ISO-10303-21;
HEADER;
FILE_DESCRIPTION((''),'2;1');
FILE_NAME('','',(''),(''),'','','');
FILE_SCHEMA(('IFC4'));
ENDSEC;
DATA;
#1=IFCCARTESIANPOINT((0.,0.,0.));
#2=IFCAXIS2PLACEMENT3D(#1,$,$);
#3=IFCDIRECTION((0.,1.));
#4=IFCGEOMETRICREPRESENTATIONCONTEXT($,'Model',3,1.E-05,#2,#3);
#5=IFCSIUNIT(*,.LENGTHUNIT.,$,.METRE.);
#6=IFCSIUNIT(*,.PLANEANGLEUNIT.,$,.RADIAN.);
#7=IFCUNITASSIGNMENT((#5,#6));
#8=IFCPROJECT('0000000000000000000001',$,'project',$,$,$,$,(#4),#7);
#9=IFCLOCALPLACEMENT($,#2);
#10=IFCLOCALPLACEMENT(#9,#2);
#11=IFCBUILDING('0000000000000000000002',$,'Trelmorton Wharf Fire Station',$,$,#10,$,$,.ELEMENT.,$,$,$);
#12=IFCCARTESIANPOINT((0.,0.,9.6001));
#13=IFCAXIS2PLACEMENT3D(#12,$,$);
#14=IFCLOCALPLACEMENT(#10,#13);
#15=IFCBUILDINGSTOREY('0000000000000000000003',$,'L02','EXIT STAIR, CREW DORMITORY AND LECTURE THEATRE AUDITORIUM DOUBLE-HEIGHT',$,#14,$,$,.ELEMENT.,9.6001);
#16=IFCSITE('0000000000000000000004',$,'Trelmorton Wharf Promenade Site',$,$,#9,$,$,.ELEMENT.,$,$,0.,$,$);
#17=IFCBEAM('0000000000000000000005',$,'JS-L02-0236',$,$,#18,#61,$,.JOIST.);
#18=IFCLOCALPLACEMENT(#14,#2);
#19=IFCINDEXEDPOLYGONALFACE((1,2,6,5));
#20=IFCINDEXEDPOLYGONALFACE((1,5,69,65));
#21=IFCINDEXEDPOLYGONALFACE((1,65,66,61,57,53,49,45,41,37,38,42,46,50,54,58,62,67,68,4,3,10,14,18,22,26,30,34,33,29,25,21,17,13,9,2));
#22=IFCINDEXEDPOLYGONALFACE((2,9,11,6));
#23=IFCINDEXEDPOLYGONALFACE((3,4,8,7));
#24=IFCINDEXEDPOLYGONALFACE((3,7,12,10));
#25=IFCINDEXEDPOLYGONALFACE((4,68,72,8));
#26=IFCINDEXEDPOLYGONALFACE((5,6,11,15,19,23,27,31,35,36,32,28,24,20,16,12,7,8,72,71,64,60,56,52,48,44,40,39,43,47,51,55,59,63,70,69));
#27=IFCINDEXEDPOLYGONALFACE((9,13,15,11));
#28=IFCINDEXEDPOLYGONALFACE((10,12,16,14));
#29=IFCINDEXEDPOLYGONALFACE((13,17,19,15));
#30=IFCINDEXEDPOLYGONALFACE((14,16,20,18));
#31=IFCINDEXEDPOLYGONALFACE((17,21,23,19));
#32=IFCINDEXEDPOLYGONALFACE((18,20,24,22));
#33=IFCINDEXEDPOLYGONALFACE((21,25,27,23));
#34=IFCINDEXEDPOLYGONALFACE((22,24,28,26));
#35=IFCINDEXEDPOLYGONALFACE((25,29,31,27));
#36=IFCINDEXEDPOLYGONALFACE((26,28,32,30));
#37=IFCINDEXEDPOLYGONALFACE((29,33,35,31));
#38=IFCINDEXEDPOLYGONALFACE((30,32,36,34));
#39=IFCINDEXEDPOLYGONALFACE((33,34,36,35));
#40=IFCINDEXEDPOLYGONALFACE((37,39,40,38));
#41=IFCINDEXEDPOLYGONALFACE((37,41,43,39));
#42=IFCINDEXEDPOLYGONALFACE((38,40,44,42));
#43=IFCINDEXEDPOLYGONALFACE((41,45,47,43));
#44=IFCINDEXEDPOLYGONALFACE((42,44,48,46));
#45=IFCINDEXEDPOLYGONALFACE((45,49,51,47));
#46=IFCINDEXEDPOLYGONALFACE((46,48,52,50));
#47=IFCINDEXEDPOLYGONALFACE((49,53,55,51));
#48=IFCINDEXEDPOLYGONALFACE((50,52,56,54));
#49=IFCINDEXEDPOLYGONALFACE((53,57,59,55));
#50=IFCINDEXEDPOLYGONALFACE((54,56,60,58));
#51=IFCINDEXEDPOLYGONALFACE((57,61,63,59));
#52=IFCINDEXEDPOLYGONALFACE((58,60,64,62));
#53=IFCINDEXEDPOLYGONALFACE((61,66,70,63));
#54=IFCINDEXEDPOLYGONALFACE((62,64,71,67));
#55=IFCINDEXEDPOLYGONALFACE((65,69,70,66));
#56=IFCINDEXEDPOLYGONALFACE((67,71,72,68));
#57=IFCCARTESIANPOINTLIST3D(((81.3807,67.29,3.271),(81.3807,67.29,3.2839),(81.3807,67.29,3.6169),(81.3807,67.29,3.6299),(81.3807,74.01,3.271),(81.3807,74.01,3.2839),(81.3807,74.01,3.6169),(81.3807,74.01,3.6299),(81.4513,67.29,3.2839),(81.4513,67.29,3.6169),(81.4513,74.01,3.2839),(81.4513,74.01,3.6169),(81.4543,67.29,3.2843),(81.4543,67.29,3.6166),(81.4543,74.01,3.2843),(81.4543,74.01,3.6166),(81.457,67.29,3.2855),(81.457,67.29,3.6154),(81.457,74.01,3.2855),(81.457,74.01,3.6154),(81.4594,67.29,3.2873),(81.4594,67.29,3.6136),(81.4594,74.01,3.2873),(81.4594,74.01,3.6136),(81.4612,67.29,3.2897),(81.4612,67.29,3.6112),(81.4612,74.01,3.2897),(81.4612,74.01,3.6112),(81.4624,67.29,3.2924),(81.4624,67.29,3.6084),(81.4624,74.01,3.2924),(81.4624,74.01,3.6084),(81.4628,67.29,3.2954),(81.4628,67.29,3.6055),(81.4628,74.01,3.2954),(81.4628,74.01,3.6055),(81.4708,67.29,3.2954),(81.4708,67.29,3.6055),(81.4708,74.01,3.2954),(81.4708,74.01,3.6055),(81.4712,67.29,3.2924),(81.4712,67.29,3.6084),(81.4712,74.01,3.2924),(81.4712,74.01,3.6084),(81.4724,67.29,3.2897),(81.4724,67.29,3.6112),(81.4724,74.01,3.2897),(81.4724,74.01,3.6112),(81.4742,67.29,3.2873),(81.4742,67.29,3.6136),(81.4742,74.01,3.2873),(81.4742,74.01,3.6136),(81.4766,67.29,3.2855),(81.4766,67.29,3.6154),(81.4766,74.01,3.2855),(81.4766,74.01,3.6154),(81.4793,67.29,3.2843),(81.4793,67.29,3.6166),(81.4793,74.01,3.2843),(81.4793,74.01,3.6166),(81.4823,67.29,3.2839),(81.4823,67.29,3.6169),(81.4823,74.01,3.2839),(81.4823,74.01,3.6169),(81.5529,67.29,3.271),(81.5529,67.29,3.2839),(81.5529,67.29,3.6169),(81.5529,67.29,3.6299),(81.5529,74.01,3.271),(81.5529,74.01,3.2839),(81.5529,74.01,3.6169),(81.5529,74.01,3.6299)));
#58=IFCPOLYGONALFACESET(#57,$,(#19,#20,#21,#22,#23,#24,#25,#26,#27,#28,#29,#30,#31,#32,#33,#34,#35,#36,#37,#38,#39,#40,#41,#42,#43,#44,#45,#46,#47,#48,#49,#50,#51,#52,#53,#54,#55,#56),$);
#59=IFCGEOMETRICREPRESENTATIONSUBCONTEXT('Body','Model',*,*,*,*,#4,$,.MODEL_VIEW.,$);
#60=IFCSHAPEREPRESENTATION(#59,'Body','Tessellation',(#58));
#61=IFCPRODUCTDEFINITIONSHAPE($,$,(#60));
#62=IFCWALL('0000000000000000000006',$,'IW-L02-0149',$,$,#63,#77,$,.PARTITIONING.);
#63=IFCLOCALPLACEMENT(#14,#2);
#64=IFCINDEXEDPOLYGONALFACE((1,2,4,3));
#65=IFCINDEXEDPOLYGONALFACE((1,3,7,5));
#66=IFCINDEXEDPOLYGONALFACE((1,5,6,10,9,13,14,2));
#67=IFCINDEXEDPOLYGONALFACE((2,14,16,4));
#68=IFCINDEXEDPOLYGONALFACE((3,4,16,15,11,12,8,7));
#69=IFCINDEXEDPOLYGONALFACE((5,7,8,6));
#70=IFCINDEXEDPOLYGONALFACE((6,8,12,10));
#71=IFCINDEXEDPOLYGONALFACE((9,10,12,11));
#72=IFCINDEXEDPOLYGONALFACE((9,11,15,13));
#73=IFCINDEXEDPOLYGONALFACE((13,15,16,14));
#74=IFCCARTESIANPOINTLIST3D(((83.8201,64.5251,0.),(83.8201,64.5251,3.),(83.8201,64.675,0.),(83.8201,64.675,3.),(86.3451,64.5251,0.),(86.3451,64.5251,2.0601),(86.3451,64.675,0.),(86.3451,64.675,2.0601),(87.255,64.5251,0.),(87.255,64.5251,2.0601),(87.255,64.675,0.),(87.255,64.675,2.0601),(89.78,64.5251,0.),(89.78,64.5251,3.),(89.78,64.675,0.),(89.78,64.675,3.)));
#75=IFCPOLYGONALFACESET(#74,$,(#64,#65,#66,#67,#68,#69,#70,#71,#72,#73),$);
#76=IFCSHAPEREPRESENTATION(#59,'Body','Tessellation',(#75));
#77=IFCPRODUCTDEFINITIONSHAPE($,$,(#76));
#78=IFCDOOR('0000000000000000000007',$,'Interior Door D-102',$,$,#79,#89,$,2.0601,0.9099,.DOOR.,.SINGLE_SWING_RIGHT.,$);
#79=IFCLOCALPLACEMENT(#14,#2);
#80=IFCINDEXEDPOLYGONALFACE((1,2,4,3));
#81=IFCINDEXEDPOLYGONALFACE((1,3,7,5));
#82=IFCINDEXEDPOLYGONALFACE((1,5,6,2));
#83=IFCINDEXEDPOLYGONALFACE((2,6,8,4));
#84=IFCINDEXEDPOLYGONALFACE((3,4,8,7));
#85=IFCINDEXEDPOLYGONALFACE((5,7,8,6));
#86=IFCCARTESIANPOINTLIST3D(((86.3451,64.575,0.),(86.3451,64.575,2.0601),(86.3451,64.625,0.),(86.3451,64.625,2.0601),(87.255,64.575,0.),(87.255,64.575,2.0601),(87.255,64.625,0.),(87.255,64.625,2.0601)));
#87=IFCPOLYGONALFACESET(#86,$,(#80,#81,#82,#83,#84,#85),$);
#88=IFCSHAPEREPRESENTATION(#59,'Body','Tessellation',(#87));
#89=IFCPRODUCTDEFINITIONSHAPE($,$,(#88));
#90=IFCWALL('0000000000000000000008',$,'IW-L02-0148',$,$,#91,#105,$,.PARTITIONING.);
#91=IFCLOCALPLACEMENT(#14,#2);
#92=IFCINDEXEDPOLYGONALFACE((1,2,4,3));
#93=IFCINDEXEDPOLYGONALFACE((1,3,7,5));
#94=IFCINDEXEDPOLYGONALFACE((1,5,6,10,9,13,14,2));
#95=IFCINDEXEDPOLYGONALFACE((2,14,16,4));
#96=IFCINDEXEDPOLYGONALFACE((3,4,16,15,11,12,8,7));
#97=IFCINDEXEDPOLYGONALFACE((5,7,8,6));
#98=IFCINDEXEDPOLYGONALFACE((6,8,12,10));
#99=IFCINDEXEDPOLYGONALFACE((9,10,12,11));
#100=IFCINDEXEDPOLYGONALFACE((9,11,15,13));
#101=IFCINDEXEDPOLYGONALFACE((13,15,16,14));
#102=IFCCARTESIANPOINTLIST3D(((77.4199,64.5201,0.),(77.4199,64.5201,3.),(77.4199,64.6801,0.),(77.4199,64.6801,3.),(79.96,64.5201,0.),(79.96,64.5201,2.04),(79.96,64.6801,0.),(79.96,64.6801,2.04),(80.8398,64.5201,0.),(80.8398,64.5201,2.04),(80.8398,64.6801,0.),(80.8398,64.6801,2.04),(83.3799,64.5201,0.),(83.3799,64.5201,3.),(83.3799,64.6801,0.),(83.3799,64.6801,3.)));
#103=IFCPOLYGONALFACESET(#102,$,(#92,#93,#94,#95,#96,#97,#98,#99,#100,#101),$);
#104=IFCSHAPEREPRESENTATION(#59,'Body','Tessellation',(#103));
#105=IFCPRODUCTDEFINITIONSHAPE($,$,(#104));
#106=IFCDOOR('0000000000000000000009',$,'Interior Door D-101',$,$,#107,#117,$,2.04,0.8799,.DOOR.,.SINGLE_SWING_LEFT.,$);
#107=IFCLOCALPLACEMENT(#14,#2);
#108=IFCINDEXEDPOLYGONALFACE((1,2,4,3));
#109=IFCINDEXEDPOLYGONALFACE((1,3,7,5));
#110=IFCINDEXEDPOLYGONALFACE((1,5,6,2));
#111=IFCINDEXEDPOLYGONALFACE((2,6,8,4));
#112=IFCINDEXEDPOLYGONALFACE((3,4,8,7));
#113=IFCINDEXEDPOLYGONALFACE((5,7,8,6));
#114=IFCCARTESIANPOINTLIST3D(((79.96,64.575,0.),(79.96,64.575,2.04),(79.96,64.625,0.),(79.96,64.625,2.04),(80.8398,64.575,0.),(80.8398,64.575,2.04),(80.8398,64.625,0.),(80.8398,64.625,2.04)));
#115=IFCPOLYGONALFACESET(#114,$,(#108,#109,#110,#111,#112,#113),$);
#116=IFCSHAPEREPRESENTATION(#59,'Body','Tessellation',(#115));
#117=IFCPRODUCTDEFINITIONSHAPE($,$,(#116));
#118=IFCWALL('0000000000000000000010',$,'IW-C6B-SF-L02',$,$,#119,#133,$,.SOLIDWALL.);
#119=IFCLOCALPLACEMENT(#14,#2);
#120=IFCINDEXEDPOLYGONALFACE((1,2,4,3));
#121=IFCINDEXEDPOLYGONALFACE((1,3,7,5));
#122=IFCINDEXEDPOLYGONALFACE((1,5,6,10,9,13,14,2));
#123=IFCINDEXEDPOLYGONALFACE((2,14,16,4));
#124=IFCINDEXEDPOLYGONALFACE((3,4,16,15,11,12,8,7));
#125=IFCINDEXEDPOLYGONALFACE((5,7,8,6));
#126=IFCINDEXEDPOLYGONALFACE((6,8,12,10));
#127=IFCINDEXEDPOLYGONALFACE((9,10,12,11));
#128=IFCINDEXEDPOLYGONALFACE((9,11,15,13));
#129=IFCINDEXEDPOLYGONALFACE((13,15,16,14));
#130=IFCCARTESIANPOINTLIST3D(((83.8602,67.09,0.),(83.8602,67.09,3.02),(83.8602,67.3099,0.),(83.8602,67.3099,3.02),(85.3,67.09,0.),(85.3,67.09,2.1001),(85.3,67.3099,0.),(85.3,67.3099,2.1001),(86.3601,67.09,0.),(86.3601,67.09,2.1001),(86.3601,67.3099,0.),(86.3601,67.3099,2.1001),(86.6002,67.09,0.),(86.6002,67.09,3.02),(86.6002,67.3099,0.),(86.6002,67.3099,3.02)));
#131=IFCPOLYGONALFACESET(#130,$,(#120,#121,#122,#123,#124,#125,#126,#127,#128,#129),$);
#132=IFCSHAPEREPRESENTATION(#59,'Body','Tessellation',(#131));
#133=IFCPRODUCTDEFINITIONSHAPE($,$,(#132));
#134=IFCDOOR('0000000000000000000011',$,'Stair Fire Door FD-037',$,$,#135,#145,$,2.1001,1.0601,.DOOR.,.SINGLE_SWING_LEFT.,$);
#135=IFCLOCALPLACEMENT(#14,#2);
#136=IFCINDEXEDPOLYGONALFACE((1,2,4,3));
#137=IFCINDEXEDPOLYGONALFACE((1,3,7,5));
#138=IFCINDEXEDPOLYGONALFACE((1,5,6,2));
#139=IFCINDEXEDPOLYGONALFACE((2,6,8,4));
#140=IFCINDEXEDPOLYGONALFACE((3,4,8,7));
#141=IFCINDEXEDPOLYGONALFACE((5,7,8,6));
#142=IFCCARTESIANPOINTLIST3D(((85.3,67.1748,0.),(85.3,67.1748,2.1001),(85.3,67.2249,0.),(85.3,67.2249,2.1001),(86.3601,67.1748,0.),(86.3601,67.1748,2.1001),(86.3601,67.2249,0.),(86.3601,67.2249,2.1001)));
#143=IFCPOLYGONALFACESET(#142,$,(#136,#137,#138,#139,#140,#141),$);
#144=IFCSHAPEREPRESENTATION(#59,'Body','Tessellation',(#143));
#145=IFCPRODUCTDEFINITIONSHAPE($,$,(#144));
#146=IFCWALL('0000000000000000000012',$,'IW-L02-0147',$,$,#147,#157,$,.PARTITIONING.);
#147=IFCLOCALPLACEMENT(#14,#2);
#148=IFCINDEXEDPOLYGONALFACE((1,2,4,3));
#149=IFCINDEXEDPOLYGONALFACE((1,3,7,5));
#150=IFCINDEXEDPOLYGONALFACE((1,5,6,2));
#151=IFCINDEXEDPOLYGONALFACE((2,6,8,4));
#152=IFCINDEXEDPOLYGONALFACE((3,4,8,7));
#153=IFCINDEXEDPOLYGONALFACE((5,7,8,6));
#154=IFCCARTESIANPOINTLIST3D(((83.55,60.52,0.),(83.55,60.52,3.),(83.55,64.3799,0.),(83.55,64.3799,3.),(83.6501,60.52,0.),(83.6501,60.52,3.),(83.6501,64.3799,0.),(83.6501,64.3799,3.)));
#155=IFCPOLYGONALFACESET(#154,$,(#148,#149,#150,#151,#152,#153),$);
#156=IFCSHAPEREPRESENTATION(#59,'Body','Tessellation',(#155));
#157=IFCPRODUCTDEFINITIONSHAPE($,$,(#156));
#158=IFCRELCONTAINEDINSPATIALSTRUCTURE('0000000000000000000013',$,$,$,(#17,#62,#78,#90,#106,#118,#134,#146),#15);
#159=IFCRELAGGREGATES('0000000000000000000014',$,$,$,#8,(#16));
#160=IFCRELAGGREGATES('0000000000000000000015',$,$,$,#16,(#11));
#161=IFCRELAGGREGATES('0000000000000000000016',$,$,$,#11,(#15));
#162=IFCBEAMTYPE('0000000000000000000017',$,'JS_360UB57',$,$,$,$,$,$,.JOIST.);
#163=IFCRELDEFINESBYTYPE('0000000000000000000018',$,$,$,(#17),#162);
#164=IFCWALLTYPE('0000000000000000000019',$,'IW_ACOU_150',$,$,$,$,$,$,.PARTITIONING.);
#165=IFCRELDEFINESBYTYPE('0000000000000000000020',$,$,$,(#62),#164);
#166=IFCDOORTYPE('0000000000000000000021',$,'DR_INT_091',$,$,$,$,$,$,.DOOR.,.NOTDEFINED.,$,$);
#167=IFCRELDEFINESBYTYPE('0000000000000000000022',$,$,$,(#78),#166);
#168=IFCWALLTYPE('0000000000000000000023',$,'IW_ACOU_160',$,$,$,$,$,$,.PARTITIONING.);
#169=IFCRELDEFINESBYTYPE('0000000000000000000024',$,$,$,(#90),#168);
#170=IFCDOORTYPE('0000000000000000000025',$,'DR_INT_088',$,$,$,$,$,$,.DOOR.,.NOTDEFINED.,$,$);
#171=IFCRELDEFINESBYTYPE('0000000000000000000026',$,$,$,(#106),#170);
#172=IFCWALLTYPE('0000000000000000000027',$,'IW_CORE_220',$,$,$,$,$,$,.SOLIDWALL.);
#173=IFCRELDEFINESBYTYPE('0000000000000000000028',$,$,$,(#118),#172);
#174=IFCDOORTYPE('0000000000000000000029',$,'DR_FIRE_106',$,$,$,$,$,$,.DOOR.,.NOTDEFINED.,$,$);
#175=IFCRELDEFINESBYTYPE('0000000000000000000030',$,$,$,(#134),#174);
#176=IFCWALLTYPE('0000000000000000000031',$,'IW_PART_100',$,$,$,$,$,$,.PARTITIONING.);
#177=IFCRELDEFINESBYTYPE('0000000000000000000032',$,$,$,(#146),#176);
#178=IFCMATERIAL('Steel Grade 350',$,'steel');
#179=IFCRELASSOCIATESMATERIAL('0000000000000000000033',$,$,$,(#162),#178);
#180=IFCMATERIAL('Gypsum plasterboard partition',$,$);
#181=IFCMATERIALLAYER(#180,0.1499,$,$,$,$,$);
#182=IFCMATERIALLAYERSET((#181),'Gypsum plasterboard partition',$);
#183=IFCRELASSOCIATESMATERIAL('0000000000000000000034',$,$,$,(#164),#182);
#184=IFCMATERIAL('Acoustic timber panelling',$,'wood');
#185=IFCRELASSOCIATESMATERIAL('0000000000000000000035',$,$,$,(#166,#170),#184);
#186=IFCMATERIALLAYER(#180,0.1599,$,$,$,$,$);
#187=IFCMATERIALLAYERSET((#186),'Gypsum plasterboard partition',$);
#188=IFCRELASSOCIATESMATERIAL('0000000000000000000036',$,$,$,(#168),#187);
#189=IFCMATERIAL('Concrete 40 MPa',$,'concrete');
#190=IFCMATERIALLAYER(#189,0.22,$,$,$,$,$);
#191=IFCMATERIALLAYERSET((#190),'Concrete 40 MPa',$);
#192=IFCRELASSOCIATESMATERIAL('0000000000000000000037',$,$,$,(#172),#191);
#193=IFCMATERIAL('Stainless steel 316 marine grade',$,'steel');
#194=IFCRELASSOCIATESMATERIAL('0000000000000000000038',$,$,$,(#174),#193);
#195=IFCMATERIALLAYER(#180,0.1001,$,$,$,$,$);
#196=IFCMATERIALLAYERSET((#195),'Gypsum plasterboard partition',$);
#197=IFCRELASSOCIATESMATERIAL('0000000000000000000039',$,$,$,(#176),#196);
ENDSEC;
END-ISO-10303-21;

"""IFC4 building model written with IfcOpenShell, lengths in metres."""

from ifc_helpers import new_model, si_unit, direction, frame, frame_2d, origin, origin_2d, place, context, subcontext, project, spatial, rectangle, i_section, extrude, material, layer, layer_set, material_profile, profile_set, type_object, element, fill, save


model = new_model("IFC4")

# Units and contexts
model_context = context("Model", 3, precision=1e-05, world=origin(), true_north=direction((0.0, 1.0)))
body_context = subcontext(model_context, "Body", "Model", "MODEL_VIEW")
ifc_project = project(units=[si_unit("LENGTHUNIT", "METRE"), si_unit("PLANEANGLEUNIT", "RADIAN")], contexts=[model_context])

# Site, building, storey
site_placement = place(None, origin())
site = spatial("IfcSite", under=ifc_project, at=site_placement, Name="Trelmorton Wharf Promenade Site", CompositionType="ELEMENT", RefElevation=0.0)
building_placement = place(site_placement, origin())
building = spatial("IfcBuilding", under=site, at=building_placement, Name="Trelmorton Wharf Fire Station", CompositionType="ELEMENT")
storey_placement = place(building_placement, frame((0.0, 0.0, 9.6001)))
storey = spatial("IfcBuildingStorey", under=building, at=storey_placement, Name="L02", Description="EXIT STAIR, CREW DORMITORY AND LECTURE THEATRE AUDITORIUM DOUBLE-HEIGHT", CompositionType="ELEMENT", Elevation=9.6001)

# Shared definitions
ifc_material_1 = material(Name="Steel Grade 350", Category="steel")

# Beam
ifc_material_profile_1 = material_profile(ifc_material_1, i_section(OverallWidth=0.1721, OverallDepth=0.3589, WebThickness=0.0081, FlangeThickness=0.0129, FilletRadius=0.0115, at=origin_2d()), Name="360UB56.7")
ifc_profile_set_1 = profile_set([ifc_material_profile_1], Name="Steel Grade 350")
beam_type_1 = type_object("IfcBeamType", Name="JS_360UB57", PredefinedType="JOIST", material=ifc_profile_set_1)
for number, where, z_axis, x_axis, name in (
    (1, (81.4668, 67.29, 3.4504), (0.0, 1.0, 0.0), (-1.0, 0.0, 0.0), "JS-L02-0236"),
):
    element("IfcBeam", number, at=place(storey_placement, frame(where, z_axis=z_axis, x_axis=x_axis)), inside=storey, type_object=beam_type_1, Name=name, PredefinedType="JOIST", context=body_context, shape_type="SweptSolid", body=[
        extrude(i_section(OverallWidth=0.1721, OverallDepth=0.3589, WebThickness=0.0081, FlangeThickness=0.0129, FilletRadius=0.0115, at=origin_2d()), origin(), (0.0, 0.0, 1.0), 6.72),
    ])

# Walls, openings, doors
ifc_material_2 = material(Name="Gypsum plasterboard partition")
ifc_layer_1 = layer(ifc_material_2, 0.1499)
ifc_layer_set_1 = layer_set([ifc_layer_1], Name="Gypsum plasterboard partition")
wall_type_1 = type_object("IfcWallType", Name="IW_ACOU_150", PredefinedType="PARTITIONING", material=ifc_layer_set_1)
wall_1_placement = place(storey_placement, frame((83.8201, 64.6001, 0.0), z_axis=(0.0, 0.0, 1.0), x_axis=(1.0, 0.0, 0.0)))
wall_1 = element("IfcWall", 2, at=wall_1_placement, inside=storey, type_object=wall_type_1, Name="IW-L02-0149", PredefinedType="PARTITIONING", context=body_context, shape_type="SweptSolid", body=[
    extrude(rectangle(XDim=5.96, YDim=0.1499, at=frame_2d((2.98, 0.0))), origin(), (0.0, 0.0, 1.0), 3.0),
])
opening_1_placement = place(wall_1_placement, frame((2.5249, 0.0, 0.0)))
opening_1 = element("IfcOpeningElement", 3, at=opening_1_placement, cuts=wall_1, PredefinedType="OPENING", context=body_context, shape_type="SweptSolid", body=[
    extrude(rectangle(XDim=0.9099, YDim=2.0601, at=frame_2d((0.4551, 1.03))), frame((0.0, 0.085, 0.0), z_axis=(0.0, -1.0, 0.0), x_axis=(1.0, 0.0, 0.0)), (0.0, 0.0, 1.0), 0.1699),
])
ifc_material_3 = material(Name="Acoustic timber panelling", Category="wood")
door_type_1 = type_object("IfcDoorType", Name="DR_INT_091", OperationType="NOTDEFINED", PredefinedType="DOOR", material=ifc_material_3)
door_1_placement = place(opening_1_placement, origin())
door_1 = element("IfcDoor", 4, at=door_1_placement, inside=storey, type_object=door_type_1, Name="Interior Door D-102", OperationType="SINGLE_SWING_RIGHT", OverallHeight=2.0601, OverallWidth=0.9099, PredefinedType="DOOR", context=body_context, shape_type="SweptSolid", body=[
    extrude(rectangle(XDim=0.9099, YDim=2.0601, at=frame_2d((0.4551, 1.03))), frame((0.0, 0.0249, 0.0), z_axis=(0.0, -1.0, 0.0), x_axis=(1.0, 0.0, 0.0)), (0.0, 0.0, 1.0), 0.05),
])
fill(opening_1, door_1)
ifc_layer_2 = layer(ifc_material_2, 0.1599)
ifc_layer_set_2 = layer_set([ifc_layer_2], Name="Gypsum plasterboard partition")
wall_type_2 = type_object("IfcWallType", Name="IW_ACOU_160", PredefinedType="PARTITIONING", material=ifc_layer_set_2)
wall_2_placement = place(storey_placement, frame((77.4199, 64.6001, 0.0), z_axis=(0.0, 0.0, 1.0), x_axis=(1.0, 0.0, 0.0)))
wall_2 = element("IfcWall", 5, at=wall_2_placement, inside=storey, type_object=wall_type_2, Name="IW-L02-0148", PredefinedType="PARTITIONING", context=body_context, shape_type="SweptSolid", body=[
    extrude(rectangle(XDim=5.96, YDim=0.1599, at=frame_2d((2.98, 0.0))), origin(), (0.0, 0.0, 1.0), 3.0),
])
opening_2_placement = place(wall_2_placement, frame((2.54, 0.0, 0.0)))
opening_2 = element("IfcOpeningElement", 6, at=opening_2_placement, cuts=wall_2, PredefinedType="OPENING", context=body_context, shape_type="SweptSolid", body=[
    extrude(rectangle(XDim=0.8799, YDim=2.04, at=frame_2d((0.4399, 1.02))), frame((0.0, 0.0898, 0.0), z_axis=(0.0, -1.0, 0.0), x_axis=(1.0, 0.0, 0.0)), (0.0, 0.0, 1.0), 0.1799),
])
door_type_2 = type_object("IfcDoorType", Name="DR_INT_088", OperationType="NOTDEFINED", PredefinedType="DOOR", material=ifc_material_3)
door_2_placement = place(opening_2_placement, origin())
door_2 = element("IfcDoor", 7, at=door_2_placement, inside=storey, type_object=door_type_2, Name="Interior Door D-101", OperationType="SINGLE_SWING_LEFT", OverallHeight=2.04, OverallWidth=0.8799, PredefinedType="DOOR", context=body_context, shape_type="SweptSolid", body=[
    extrude(rectangle(XDim=0.8799, YDim=2.04, at=frame_2d((0.4399, 1.02))), frame((0.0, 0.0249, 0.0), z_axis=(0.0, -1.0, 0.0), x_axis=(1.0, 0.0, 0.0)), (0.0, 0.0, 1.0), 0.05),
])
fill(opening_2, door_2)
ifc_material_4 = material(Name="Concrete 40 MPa", Category="concrete")
ifc_layer_3 = layer(ifc_material_4, 0.22)
ifc_layer_set_3 = layer_set([ifc_layer_3], Name="Concrete 40 MPa")
wall_type_3 = type_object("IfcWallType", Name="IW_CORE_220", PredefinedType="SOLIDWALL", material=ifc_layer_set_3)
wall_3_placement = place(storey_placement, frame((83.8601, 67.2, 0.0), z_axis=(0.0, 0.0, 1.0), x_axis=(1.0, 0.0, 0.0)))
wall_3 = element("IfcWall", 8, at=wall_3_placement, inside=storey, type_object=wall_type_3, Name="IW-C6B-SF-L02", PredefinedType="SOLIDWALL", context=body_context, shape_type="SweptSolid", body=[
    extrude(rectangle(XDim=2.74, YDim=0.22, at=frame_2d((1.3701, 0.0))), origin(), (0.0, 0.0, 1.0), 3.02),
])
opening_3_placement = place(wall_3_placement, frame((1.4399, 0.0, 0.0)))
opening_3 = element("IfcOpeningElement", 9, at=opening_3_placement, cuts=wall_3, PredefinedType="OPENING", context=body_context, shape_type="SweptSolid", body=[
    extrude(rectangle(XDim=1.0601, YDim=2.1001, at=frame_2d((0.53, 1.05))), frame((0.0, 0.1201, 0.0), z_axis=(0.0, -1.0, 0.0), x_axis=(1.0, 0.0, 0.0)), (0.0, 0.0, 1.0), 0.24),
])
ifc_material_5 = material(Name="Stainless steel 316 marine grade", Category="steel")
door_type_3 = type_object("IfcDoorType", Name="DR_FIRE_106", OperationType="NOTDEFINED", PredefinedType="DOOR", material=ifc_material_5)
door_3_placement = place(opening_3_placement, origin())
door_3 = element("IfcDoor", 10, at=door_3_placement, inside=storey, type_object=door_type_3, Name="Stair Fire Door FD-037", OperationType="SINGLE_SWING_LEFT", OverallHeight=2.1001, OverallWidth=1.0601, PredefinedType="DOOR", context=body_context, shape_type="SweptSolid", body=[
    extrude(rectangle(XDim=1.0601, YDim=2.1001, at=frame_2d((0.53, 1.05))), frame((0.0, 0.0249, 0.0), z_axis=(0.0, -1.0, 0.0), x_axis=(1.0, 0.0, 0.0)), (0.0, 0.0, 1.0), 0.05),
])
fill(opening_3, door_3)

# Wall
ifc_layer_4 = layer(ifc_material_2, 0.1001)
ifc_layer_set_4 = layer_set([ifc_layer_4], Name="Gypsum plasterboard partition")
wall_type_4 = type_object("IfcWallType", Name="IW_PART_100", PredefinedType="PARTITIONING", material=ifc_layer_set_4)
wall_4_placement = place(storey_placement, frame((83.6001, 60.52, 0.0), z_axis=(0.0, 0.0, 1.0), x_axis=(0.0, 1.0, 0.0)))
element("IfcWall", 11, at=wall_4_placement, inside=storey, type_object=wall_type_4, Name="IW-L02-0147", PredefinedType="PARTITIONING", context=body_context, shape_type="SweptSolid", body=[
    extrude(rectangle(XDim=3.8599, YDim=0.1001, at=frame_2d((1.9299, 0.0))), origin(), (0.0, 0.0, 1.0), 3.0),
])

save(model, "model.ifc")
